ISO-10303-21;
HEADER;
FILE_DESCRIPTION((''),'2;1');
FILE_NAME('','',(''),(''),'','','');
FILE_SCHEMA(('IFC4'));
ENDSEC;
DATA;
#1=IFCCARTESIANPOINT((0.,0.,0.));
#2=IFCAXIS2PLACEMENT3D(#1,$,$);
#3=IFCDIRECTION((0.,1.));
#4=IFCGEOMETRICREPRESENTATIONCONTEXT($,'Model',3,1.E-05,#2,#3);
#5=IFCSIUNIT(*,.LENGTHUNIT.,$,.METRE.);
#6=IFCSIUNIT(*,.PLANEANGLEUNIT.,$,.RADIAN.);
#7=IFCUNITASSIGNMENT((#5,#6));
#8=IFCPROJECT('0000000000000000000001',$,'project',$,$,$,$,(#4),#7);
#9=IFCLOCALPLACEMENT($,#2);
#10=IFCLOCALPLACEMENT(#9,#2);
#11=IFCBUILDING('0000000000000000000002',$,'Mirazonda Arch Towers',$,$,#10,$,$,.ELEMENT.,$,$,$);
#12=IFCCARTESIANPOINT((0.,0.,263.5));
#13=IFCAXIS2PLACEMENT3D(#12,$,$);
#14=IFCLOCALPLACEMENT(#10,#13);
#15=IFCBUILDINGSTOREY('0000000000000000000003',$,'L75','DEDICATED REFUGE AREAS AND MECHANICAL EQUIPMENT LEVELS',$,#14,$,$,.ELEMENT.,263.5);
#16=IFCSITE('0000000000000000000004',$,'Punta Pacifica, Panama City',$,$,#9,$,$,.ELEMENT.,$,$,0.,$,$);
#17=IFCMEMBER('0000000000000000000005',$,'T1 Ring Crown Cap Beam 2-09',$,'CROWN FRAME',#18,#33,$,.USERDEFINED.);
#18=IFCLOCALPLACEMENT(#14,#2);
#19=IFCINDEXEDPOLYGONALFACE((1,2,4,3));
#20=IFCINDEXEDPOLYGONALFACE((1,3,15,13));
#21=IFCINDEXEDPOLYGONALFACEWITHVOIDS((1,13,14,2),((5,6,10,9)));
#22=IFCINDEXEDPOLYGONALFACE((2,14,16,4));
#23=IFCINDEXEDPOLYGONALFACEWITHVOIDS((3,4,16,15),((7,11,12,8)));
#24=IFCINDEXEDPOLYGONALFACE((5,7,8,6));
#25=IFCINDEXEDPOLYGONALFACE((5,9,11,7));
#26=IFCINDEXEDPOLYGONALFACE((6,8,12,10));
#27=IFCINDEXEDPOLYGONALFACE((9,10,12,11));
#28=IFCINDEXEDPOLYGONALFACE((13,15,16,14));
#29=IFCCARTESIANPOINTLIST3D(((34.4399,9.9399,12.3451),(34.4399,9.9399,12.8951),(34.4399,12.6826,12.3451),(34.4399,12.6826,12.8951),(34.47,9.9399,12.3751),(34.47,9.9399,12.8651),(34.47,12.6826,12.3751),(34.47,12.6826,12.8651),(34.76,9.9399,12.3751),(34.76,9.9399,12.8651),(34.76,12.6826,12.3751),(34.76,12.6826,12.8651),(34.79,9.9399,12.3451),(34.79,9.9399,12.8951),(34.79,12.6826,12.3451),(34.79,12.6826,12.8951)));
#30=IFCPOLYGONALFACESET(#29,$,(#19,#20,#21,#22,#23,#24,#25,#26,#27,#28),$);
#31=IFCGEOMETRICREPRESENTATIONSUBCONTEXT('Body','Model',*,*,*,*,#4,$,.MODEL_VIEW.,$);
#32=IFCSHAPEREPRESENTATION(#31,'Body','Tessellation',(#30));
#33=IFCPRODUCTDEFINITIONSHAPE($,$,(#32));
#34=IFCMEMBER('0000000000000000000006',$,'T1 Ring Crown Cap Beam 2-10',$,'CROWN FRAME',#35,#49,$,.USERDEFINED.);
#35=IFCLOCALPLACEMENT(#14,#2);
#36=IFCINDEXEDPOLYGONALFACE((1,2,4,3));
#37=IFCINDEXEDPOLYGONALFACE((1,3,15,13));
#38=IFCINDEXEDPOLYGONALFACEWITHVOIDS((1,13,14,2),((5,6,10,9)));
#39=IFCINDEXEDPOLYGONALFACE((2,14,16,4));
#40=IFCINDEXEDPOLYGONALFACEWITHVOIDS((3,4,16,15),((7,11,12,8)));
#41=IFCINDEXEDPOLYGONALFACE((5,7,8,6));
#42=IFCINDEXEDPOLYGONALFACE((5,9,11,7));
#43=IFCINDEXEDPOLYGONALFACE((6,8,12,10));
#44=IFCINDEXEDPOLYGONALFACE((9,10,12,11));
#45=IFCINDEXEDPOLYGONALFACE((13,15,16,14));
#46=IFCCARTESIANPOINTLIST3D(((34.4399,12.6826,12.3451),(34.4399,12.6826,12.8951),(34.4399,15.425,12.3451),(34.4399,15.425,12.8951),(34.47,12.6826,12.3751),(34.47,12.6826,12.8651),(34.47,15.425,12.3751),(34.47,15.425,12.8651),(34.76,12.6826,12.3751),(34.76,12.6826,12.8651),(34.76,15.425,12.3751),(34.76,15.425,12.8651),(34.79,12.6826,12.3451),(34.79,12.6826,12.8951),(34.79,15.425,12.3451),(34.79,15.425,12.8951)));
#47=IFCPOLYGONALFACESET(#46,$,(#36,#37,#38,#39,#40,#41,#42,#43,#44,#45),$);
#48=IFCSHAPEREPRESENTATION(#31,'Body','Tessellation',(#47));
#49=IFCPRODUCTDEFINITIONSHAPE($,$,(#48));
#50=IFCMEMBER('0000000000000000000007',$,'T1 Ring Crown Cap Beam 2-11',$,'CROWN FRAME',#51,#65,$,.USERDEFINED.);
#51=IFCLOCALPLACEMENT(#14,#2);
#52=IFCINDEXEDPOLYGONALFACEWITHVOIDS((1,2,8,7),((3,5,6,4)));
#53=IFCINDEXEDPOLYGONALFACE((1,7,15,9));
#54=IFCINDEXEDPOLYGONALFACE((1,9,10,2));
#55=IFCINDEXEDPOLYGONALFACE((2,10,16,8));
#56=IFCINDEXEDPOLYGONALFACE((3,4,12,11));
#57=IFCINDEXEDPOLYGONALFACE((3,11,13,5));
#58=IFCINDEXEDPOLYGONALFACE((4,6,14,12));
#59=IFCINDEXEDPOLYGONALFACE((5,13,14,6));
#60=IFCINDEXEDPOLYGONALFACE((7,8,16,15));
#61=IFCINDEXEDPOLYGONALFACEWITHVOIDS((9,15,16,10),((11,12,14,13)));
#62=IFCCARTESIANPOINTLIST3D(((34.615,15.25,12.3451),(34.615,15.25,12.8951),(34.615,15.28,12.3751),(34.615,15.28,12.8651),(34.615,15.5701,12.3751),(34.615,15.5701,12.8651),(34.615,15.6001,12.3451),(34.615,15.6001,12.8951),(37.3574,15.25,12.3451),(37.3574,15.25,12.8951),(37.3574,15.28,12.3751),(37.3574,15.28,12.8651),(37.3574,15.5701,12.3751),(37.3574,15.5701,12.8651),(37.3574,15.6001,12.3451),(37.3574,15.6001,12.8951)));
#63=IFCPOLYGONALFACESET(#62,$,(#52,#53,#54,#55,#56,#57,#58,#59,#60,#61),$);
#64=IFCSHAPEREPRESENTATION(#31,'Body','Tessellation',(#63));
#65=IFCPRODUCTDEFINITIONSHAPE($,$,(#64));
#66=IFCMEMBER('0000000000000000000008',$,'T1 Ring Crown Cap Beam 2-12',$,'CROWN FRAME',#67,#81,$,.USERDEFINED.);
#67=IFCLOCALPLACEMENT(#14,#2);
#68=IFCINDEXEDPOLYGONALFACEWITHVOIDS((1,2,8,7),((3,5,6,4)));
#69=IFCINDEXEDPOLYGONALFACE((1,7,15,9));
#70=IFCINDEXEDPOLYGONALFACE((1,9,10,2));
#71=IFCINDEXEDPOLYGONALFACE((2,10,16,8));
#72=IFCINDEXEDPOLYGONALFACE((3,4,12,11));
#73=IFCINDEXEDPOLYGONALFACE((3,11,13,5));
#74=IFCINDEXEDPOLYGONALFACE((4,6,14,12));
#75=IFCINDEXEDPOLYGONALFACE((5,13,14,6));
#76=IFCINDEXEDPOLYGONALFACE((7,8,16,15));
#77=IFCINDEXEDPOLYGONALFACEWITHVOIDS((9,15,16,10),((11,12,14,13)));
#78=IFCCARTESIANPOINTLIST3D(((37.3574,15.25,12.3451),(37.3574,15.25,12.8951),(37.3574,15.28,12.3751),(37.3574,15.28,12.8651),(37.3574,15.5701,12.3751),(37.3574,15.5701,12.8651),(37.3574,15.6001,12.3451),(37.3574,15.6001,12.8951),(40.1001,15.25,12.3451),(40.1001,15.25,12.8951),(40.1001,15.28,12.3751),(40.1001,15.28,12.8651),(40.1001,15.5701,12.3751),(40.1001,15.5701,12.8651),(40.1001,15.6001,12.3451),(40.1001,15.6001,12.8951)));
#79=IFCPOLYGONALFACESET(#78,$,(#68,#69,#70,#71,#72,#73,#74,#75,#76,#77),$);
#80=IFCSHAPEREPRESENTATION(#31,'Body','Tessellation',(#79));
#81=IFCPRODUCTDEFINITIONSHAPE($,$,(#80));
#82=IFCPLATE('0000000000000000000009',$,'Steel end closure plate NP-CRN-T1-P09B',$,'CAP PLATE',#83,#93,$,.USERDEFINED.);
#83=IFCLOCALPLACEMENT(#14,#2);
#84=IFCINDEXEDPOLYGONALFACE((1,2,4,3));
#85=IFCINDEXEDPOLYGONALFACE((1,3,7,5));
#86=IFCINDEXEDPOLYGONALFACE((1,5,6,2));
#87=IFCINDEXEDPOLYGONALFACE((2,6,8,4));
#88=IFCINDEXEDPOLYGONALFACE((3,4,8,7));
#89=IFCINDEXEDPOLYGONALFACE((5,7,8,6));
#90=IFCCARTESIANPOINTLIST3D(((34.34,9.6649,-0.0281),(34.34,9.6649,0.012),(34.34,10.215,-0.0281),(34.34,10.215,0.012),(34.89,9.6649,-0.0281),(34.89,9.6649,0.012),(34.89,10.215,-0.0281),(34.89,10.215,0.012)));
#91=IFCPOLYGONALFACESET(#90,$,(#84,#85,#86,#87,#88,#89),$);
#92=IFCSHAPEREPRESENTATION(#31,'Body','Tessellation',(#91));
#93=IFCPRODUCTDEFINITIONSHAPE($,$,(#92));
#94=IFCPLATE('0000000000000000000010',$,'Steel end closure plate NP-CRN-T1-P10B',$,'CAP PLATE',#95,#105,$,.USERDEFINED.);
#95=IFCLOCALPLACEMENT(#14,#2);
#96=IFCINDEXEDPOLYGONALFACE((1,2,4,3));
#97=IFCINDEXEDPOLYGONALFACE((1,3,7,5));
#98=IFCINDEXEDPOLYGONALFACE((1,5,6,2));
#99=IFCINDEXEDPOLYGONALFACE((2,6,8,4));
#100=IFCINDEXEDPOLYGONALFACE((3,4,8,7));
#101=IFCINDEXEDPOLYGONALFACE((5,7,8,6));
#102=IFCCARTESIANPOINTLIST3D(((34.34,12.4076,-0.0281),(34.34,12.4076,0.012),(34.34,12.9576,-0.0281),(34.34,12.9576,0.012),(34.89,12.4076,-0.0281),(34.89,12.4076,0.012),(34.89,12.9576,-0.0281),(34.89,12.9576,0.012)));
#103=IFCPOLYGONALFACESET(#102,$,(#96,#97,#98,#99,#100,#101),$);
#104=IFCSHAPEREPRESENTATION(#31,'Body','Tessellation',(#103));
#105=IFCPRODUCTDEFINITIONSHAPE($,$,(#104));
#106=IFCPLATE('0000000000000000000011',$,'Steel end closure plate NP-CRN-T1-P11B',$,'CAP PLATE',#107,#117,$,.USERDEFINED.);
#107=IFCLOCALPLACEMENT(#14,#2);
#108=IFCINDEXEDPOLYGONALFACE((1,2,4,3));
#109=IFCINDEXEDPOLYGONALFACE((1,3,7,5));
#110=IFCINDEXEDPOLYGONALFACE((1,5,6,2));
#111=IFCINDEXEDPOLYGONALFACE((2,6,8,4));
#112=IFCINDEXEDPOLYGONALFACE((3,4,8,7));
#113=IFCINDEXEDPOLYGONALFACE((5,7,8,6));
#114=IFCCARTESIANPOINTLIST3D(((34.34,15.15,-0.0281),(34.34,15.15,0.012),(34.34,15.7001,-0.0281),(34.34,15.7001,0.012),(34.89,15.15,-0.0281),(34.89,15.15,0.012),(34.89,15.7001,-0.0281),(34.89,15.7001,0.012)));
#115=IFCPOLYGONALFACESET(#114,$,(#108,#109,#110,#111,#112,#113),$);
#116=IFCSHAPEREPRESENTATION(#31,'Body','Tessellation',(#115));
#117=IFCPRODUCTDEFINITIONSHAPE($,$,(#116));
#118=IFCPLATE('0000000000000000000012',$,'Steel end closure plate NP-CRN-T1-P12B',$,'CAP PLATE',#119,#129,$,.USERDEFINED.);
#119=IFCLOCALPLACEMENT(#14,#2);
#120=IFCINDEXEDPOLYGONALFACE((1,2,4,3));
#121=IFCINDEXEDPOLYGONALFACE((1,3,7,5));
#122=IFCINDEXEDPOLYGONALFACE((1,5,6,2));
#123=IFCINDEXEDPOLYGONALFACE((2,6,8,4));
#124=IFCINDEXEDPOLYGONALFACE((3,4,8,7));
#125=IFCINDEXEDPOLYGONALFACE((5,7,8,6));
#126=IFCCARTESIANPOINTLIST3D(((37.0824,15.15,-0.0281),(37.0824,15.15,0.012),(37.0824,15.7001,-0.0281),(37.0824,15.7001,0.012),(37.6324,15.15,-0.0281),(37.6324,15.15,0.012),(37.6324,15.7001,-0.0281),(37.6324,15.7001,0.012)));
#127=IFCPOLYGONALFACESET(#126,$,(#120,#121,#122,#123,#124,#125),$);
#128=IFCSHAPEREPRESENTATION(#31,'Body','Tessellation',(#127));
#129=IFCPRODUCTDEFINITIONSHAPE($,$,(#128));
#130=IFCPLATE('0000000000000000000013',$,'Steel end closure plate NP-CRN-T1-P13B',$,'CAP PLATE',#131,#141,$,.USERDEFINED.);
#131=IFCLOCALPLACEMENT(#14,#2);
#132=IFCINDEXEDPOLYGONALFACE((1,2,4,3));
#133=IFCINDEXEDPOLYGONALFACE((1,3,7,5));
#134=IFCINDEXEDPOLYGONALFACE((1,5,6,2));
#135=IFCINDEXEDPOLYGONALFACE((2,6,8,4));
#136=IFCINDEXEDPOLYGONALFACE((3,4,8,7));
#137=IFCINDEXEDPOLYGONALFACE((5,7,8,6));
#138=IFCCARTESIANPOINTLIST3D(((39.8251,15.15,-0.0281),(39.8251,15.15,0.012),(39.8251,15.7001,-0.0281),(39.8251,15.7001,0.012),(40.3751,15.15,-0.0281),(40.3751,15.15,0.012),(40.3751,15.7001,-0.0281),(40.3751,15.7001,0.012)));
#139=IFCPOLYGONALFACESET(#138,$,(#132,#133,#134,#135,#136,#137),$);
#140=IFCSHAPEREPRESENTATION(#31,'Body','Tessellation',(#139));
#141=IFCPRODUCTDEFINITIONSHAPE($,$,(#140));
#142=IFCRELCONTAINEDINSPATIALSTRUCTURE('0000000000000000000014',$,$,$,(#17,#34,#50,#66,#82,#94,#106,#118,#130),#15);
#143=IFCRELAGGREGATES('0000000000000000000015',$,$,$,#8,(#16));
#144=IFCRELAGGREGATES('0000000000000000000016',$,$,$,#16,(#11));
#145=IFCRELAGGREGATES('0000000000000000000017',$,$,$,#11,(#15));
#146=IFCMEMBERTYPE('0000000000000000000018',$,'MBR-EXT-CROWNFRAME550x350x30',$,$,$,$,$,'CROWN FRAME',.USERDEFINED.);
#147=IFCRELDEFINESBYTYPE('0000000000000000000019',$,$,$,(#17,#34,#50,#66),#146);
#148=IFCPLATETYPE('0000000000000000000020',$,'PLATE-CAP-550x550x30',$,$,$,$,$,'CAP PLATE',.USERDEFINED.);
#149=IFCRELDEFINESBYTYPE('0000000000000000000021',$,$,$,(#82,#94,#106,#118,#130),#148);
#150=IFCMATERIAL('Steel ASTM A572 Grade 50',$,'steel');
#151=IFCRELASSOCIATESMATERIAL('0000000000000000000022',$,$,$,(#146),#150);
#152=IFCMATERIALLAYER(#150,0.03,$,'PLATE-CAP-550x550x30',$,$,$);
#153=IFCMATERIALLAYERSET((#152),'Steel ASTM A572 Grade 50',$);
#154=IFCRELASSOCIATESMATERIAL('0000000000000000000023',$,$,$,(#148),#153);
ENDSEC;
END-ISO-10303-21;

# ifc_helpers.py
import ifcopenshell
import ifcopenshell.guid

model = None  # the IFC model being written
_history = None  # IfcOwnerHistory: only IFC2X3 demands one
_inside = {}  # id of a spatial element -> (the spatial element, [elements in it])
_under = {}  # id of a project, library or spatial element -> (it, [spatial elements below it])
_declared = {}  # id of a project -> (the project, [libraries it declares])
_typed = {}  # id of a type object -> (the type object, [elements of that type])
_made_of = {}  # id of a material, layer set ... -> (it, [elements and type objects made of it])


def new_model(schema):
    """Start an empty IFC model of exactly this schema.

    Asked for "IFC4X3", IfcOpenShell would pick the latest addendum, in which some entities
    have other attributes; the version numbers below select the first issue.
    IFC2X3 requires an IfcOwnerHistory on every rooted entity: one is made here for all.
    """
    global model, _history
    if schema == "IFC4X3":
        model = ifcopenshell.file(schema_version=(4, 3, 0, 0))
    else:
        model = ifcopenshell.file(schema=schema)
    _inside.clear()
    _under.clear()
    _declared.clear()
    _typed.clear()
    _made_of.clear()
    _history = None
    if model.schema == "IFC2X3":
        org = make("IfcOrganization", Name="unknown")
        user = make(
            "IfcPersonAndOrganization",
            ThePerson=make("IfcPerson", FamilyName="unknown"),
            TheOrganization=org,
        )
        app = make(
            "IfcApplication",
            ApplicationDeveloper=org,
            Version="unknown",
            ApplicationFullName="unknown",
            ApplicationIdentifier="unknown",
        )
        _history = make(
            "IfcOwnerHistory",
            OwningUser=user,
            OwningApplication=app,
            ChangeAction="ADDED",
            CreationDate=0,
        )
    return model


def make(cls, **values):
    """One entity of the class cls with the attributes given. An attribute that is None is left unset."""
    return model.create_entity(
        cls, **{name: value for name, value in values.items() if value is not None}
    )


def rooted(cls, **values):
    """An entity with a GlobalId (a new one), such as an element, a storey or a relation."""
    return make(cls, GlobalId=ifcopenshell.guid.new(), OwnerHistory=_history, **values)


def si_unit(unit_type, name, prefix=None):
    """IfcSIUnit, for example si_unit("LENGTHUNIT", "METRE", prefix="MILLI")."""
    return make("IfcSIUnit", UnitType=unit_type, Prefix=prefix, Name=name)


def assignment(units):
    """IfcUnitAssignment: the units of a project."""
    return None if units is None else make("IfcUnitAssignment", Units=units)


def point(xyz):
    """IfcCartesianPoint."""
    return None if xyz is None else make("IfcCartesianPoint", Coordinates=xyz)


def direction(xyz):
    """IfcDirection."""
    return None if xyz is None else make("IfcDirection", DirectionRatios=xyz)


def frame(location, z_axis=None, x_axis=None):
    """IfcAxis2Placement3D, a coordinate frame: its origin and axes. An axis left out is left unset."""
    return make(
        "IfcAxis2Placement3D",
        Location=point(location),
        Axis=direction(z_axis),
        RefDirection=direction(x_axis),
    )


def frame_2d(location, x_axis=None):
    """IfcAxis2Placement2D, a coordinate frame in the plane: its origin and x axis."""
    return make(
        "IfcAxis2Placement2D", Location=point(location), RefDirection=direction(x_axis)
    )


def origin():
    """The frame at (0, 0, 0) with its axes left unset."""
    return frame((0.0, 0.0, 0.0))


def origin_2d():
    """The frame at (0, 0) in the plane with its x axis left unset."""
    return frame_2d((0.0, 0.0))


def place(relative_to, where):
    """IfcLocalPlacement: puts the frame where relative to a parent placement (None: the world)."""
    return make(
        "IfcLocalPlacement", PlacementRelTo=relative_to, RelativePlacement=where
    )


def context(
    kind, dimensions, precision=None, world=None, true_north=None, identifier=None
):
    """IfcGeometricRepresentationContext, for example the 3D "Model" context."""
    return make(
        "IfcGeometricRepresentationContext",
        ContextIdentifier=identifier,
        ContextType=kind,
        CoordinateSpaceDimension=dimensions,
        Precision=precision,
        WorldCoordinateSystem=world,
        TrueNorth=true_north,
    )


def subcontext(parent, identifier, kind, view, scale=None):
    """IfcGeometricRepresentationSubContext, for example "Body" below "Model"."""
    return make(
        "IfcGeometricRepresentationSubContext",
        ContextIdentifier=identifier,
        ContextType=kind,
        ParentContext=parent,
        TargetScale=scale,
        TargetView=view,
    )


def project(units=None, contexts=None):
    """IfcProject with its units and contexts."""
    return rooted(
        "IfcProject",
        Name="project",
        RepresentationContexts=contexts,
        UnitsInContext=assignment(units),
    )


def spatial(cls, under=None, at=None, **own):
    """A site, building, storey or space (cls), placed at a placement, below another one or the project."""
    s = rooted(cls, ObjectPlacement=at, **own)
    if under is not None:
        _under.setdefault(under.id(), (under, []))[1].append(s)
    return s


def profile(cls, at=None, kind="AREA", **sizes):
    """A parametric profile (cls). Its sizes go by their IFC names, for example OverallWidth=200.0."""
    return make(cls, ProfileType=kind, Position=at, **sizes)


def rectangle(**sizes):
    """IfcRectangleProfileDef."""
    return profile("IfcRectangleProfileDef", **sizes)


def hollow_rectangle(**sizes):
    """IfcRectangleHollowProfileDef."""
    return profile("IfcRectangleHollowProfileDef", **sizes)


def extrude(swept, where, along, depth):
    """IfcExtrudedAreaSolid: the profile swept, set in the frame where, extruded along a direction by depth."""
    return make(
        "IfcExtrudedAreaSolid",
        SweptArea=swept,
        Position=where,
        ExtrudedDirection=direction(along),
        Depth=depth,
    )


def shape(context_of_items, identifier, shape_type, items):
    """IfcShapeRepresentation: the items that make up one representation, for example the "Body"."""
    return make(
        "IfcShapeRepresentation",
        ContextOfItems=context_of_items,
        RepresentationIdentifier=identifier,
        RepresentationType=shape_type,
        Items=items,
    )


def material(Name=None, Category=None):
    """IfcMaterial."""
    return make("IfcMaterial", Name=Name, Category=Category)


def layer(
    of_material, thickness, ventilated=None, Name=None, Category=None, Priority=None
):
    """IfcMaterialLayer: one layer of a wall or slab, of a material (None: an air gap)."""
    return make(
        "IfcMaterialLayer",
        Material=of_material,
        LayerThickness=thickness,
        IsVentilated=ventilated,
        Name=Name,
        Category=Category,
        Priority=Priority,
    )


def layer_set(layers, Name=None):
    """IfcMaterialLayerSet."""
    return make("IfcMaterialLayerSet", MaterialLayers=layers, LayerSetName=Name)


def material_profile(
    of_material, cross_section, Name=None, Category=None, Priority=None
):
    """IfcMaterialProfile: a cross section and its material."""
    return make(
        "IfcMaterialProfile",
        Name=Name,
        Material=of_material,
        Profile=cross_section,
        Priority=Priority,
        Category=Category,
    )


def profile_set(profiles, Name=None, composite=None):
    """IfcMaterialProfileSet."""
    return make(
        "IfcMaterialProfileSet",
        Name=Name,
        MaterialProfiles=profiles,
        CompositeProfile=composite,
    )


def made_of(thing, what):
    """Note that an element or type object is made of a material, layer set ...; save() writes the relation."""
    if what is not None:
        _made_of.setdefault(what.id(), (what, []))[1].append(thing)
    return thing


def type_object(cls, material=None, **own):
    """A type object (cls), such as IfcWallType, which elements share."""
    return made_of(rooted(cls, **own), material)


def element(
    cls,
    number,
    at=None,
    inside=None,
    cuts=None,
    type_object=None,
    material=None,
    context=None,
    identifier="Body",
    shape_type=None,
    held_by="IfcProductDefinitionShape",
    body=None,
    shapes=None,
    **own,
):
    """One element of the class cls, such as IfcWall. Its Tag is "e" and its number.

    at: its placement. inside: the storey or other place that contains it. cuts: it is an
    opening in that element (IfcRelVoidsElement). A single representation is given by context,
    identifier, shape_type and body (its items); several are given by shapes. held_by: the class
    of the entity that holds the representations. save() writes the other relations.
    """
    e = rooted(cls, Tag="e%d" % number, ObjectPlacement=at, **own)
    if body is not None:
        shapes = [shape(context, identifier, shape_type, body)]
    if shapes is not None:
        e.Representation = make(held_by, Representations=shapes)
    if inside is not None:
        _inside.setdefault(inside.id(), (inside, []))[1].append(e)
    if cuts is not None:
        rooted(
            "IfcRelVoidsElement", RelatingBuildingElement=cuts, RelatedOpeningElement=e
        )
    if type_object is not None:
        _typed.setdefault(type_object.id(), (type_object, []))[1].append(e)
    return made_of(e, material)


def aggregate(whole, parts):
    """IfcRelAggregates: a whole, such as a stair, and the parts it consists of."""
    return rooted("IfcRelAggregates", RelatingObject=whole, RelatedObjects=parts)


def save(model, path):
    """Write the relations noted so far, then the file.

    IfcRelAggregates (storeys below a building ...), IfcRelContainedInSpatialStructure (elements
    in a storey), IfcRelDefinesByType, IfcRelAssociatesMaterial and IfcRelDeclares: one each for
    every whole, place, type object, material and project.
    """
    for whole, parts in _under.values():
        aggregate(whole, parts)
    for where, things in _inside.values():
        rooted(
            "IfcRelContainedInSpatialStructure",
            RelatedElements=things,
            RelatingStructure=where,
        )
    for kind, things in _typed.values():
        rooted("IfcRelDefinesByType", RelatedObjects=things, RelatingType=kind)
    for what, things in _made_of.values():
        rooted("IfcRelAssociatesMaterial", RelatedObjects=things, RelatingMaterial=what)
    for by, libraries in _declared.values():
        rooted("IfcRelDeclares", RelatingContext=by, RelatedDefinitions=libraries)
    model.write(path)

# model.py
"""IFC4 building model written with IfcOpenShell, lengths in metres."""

from ifc_helpers import new_model, si_unit, direction, frame, origin, origin_2d, place, context, subcontext, project, spatial, rectangle, hollow_rectangle, extrude, material, layer, layer_set, material_profile, profile_set, type_object, element, save


model = new_model("IFC4")

# Units and contexts
model_context = context("Model", 3, precision=1e-05, world=origin(), true_north=direction((0.0, 1.0)))
body_context = subcontext(model_context, "Body", "Model", "MODEL_VIEW")
ifc_project = project(units=[si_unit("LENGTHUNIT", "METRE"), si_unit("PLANEANGLEUNIT", "RADIAN")], contexts=[model_context])

# Site, building, storey
site_placement = place(None, origin())
site = spatial("IfcSite", under=ifc_project, at=site_placement, Name="Punta Pacifica, Panama City", CompositionType="ELEMENT", RefElevation=0.0)
building_placement = place(site_placement, origin())
building = spatial("IfcBuilding", under=site, at=building_placement, Name="Mirazonda Arch Towers", CompositionType="ELEMENT")
storey_placement = place(building_placement, frame((0.0, 0.0, 263.5)))
storey = spatial("IfcBuildingStorey", under=building, at=storey_placement, Name="L75", Description="DEDICATED REFUGE AREAS AND MECHANICAL EQUIPMENT LEVELS", CompositionType="ELEMENT", Elevation=263.5)

# Members
ifc_material_1 = material(Name="Steel ASTM A572 Grade 50", Category="steel")
ifc_material_profile_1 = material_profile(ifc_material_1, hollow_rectangle(XDim=0.3501, YDim=0.55, WallThickness=0.03, at=origin_2d()), Name="CROWNFRAME550x350x30")
ifc_profile_set_1 = profile_set([ifc_material_profile_1], Name="Steel ASTM A572 Grade 50")
member_type_1 = type_object("IfcMemberType", Name="MBR-EXT-CROWNFRAME550x350x30", ElementType="CROWN FRAME", PredefinedType="USERDEFINED", material=ifc_profile_set_1)
for number, where, z_axis, x_axis, name in (
    (1, (34.615, 9.9399, 12.6201), (0.0, 1.0, 0.0), (-1.0, 0.0, 0.0), "T1 Ring Crown Cap Beam 2-09"),
):
    element("IfcMember", number, at=place(storey_placement, frame(where, z_axis=z_axis, x_axis=x_axis)), inside=storey, type_object=member_type_1, Name=name, ObjectType="CROWN FRAME", PredefinedType="USERDEFINED", context=body_context, shape_type="SweptSolid", body=[
        extrude(hollow_rectangle(XDim=0.3501, YDim=0.55, WallThickness=0.03, at=origin_2d()), origin(), (0.0, 0.0, 1.0), 2.7427),
    ])
for number, where, z_axis, x_axis, name in (
    (2, (34.615, 12.6826, 12.6201), (0.0, 1.0, 0.0), (-1.0, 0.0, 0.0), "T1 Ring Crown Cap Beam 2-10"),
    (3, (34.615, 15.425, 12.6201), (1.0, 0.0, 0.0), (0.0, 1.0, 0.0), "T1 Ring Crown Cap Beam 2-11"),
):
    element("IfcMember", number, at=place(storey_placement, frame(where, z_axis=z_axis, x_axis=x_axis)), inside=storey, type_object=member_type_1, Name=name, ObjectType="CROWN FRAME", PredefinedType="USERDEFINED", context=body_context, shape_type="SweptSolid", body=[
        extrude(hollow_rectangle(XDim=0.3501, YDim=0.55, WallThickness=0.03, at=origin_2d()), origin(), (0.0, 0.0, 1.0), 2.7424),
    ])
member_1_placement = place(storey_placement, frame((37.3574, 15.425, 12.6201), z_axis=(1.0, 0.0, 0.0), x_axis=(0.0, 1.0, 0.0)))
element("IfcMember", 4, at=member_1_placement, inside=storey, type_object=member_type_1, Name="T1 Ring Crown Cap Beam 2-12", ObjectType="CROWN FRAME", PredefinedType="USERDEFINED", context=body_context, shape_type="SweptSolid", body=[
    extrude(hollow_rectangle(XDim=0.3501, YDim=0.55, WallThickness=0.03, at=origin_2d()), origin(), (0.0, 0.0, 1.0), 2.7427),
])

# Plates
ifc_layer = layer(ifc_material_1, 0.03, Name="PLATE-CAP-550x550x30")
ifc_layer_set = layer_set([ifc_layer], Name="Steel ASTM A572 Grade 50")
plate_type = type_object("IfcPlateType", Name="PLATE-CAP-550x550x30", ElementType="CAP PLATE", PredefinedType="USERDEFINED", material=ifc_layer_set)
for number, where, z_axis, x_axis, name in (
    (5, (34.615, 9.9399, -0.0281), (0.0, 0.0, 1.0), (1.0, 0.0, 0.0), "Steel end closure plate NP-CRN-T1-P09B"),
    (6, (34.615, 12.6826, -0.0281), (0.0, 0.0, 1.0), (1.0, 0.0, 0.0), "Steel end closure plate NP-CRN-T1-P10B"),
    (7, (34.615, 15.425, -0.0281), (0.0, 0.0, 1.0), (1.0, 0.0, 0.0), "Steel end closure plate NP-CRN-T1-P11B"),
    (8, (37.3574, 15.425, -0.0281), (0.0, 0.0, 1.0), (1.0, 0.0, 0.0), "Steel end closure plate NP-CRN-T1-P12B"),
    (9, (40.1001, 15.425, -0.0281), (0.0, 0.0, 1.0), (1.0, 0.0, 0.0), "Steel end closure plate NP-CRN-T1-P13B"),
):
    element("IfcPlate", number, at=place(storey_placement, frame(where, z_axis=z_axis, x_axis=x_axis)), inside=storey, type_object=plate_type, Name=name, ObjectType="CAP PLATE", PredefinedType="USERDEFINED", context=body_context, shape_type="SweptSolid", body=[
        extrude(rectangle(XDim=0.55, YDim=0.55, at=origin_2d()), origin(), (0.0, 0.0, 1.0), 0.04),
    ])

save(model, "model.ifc")
